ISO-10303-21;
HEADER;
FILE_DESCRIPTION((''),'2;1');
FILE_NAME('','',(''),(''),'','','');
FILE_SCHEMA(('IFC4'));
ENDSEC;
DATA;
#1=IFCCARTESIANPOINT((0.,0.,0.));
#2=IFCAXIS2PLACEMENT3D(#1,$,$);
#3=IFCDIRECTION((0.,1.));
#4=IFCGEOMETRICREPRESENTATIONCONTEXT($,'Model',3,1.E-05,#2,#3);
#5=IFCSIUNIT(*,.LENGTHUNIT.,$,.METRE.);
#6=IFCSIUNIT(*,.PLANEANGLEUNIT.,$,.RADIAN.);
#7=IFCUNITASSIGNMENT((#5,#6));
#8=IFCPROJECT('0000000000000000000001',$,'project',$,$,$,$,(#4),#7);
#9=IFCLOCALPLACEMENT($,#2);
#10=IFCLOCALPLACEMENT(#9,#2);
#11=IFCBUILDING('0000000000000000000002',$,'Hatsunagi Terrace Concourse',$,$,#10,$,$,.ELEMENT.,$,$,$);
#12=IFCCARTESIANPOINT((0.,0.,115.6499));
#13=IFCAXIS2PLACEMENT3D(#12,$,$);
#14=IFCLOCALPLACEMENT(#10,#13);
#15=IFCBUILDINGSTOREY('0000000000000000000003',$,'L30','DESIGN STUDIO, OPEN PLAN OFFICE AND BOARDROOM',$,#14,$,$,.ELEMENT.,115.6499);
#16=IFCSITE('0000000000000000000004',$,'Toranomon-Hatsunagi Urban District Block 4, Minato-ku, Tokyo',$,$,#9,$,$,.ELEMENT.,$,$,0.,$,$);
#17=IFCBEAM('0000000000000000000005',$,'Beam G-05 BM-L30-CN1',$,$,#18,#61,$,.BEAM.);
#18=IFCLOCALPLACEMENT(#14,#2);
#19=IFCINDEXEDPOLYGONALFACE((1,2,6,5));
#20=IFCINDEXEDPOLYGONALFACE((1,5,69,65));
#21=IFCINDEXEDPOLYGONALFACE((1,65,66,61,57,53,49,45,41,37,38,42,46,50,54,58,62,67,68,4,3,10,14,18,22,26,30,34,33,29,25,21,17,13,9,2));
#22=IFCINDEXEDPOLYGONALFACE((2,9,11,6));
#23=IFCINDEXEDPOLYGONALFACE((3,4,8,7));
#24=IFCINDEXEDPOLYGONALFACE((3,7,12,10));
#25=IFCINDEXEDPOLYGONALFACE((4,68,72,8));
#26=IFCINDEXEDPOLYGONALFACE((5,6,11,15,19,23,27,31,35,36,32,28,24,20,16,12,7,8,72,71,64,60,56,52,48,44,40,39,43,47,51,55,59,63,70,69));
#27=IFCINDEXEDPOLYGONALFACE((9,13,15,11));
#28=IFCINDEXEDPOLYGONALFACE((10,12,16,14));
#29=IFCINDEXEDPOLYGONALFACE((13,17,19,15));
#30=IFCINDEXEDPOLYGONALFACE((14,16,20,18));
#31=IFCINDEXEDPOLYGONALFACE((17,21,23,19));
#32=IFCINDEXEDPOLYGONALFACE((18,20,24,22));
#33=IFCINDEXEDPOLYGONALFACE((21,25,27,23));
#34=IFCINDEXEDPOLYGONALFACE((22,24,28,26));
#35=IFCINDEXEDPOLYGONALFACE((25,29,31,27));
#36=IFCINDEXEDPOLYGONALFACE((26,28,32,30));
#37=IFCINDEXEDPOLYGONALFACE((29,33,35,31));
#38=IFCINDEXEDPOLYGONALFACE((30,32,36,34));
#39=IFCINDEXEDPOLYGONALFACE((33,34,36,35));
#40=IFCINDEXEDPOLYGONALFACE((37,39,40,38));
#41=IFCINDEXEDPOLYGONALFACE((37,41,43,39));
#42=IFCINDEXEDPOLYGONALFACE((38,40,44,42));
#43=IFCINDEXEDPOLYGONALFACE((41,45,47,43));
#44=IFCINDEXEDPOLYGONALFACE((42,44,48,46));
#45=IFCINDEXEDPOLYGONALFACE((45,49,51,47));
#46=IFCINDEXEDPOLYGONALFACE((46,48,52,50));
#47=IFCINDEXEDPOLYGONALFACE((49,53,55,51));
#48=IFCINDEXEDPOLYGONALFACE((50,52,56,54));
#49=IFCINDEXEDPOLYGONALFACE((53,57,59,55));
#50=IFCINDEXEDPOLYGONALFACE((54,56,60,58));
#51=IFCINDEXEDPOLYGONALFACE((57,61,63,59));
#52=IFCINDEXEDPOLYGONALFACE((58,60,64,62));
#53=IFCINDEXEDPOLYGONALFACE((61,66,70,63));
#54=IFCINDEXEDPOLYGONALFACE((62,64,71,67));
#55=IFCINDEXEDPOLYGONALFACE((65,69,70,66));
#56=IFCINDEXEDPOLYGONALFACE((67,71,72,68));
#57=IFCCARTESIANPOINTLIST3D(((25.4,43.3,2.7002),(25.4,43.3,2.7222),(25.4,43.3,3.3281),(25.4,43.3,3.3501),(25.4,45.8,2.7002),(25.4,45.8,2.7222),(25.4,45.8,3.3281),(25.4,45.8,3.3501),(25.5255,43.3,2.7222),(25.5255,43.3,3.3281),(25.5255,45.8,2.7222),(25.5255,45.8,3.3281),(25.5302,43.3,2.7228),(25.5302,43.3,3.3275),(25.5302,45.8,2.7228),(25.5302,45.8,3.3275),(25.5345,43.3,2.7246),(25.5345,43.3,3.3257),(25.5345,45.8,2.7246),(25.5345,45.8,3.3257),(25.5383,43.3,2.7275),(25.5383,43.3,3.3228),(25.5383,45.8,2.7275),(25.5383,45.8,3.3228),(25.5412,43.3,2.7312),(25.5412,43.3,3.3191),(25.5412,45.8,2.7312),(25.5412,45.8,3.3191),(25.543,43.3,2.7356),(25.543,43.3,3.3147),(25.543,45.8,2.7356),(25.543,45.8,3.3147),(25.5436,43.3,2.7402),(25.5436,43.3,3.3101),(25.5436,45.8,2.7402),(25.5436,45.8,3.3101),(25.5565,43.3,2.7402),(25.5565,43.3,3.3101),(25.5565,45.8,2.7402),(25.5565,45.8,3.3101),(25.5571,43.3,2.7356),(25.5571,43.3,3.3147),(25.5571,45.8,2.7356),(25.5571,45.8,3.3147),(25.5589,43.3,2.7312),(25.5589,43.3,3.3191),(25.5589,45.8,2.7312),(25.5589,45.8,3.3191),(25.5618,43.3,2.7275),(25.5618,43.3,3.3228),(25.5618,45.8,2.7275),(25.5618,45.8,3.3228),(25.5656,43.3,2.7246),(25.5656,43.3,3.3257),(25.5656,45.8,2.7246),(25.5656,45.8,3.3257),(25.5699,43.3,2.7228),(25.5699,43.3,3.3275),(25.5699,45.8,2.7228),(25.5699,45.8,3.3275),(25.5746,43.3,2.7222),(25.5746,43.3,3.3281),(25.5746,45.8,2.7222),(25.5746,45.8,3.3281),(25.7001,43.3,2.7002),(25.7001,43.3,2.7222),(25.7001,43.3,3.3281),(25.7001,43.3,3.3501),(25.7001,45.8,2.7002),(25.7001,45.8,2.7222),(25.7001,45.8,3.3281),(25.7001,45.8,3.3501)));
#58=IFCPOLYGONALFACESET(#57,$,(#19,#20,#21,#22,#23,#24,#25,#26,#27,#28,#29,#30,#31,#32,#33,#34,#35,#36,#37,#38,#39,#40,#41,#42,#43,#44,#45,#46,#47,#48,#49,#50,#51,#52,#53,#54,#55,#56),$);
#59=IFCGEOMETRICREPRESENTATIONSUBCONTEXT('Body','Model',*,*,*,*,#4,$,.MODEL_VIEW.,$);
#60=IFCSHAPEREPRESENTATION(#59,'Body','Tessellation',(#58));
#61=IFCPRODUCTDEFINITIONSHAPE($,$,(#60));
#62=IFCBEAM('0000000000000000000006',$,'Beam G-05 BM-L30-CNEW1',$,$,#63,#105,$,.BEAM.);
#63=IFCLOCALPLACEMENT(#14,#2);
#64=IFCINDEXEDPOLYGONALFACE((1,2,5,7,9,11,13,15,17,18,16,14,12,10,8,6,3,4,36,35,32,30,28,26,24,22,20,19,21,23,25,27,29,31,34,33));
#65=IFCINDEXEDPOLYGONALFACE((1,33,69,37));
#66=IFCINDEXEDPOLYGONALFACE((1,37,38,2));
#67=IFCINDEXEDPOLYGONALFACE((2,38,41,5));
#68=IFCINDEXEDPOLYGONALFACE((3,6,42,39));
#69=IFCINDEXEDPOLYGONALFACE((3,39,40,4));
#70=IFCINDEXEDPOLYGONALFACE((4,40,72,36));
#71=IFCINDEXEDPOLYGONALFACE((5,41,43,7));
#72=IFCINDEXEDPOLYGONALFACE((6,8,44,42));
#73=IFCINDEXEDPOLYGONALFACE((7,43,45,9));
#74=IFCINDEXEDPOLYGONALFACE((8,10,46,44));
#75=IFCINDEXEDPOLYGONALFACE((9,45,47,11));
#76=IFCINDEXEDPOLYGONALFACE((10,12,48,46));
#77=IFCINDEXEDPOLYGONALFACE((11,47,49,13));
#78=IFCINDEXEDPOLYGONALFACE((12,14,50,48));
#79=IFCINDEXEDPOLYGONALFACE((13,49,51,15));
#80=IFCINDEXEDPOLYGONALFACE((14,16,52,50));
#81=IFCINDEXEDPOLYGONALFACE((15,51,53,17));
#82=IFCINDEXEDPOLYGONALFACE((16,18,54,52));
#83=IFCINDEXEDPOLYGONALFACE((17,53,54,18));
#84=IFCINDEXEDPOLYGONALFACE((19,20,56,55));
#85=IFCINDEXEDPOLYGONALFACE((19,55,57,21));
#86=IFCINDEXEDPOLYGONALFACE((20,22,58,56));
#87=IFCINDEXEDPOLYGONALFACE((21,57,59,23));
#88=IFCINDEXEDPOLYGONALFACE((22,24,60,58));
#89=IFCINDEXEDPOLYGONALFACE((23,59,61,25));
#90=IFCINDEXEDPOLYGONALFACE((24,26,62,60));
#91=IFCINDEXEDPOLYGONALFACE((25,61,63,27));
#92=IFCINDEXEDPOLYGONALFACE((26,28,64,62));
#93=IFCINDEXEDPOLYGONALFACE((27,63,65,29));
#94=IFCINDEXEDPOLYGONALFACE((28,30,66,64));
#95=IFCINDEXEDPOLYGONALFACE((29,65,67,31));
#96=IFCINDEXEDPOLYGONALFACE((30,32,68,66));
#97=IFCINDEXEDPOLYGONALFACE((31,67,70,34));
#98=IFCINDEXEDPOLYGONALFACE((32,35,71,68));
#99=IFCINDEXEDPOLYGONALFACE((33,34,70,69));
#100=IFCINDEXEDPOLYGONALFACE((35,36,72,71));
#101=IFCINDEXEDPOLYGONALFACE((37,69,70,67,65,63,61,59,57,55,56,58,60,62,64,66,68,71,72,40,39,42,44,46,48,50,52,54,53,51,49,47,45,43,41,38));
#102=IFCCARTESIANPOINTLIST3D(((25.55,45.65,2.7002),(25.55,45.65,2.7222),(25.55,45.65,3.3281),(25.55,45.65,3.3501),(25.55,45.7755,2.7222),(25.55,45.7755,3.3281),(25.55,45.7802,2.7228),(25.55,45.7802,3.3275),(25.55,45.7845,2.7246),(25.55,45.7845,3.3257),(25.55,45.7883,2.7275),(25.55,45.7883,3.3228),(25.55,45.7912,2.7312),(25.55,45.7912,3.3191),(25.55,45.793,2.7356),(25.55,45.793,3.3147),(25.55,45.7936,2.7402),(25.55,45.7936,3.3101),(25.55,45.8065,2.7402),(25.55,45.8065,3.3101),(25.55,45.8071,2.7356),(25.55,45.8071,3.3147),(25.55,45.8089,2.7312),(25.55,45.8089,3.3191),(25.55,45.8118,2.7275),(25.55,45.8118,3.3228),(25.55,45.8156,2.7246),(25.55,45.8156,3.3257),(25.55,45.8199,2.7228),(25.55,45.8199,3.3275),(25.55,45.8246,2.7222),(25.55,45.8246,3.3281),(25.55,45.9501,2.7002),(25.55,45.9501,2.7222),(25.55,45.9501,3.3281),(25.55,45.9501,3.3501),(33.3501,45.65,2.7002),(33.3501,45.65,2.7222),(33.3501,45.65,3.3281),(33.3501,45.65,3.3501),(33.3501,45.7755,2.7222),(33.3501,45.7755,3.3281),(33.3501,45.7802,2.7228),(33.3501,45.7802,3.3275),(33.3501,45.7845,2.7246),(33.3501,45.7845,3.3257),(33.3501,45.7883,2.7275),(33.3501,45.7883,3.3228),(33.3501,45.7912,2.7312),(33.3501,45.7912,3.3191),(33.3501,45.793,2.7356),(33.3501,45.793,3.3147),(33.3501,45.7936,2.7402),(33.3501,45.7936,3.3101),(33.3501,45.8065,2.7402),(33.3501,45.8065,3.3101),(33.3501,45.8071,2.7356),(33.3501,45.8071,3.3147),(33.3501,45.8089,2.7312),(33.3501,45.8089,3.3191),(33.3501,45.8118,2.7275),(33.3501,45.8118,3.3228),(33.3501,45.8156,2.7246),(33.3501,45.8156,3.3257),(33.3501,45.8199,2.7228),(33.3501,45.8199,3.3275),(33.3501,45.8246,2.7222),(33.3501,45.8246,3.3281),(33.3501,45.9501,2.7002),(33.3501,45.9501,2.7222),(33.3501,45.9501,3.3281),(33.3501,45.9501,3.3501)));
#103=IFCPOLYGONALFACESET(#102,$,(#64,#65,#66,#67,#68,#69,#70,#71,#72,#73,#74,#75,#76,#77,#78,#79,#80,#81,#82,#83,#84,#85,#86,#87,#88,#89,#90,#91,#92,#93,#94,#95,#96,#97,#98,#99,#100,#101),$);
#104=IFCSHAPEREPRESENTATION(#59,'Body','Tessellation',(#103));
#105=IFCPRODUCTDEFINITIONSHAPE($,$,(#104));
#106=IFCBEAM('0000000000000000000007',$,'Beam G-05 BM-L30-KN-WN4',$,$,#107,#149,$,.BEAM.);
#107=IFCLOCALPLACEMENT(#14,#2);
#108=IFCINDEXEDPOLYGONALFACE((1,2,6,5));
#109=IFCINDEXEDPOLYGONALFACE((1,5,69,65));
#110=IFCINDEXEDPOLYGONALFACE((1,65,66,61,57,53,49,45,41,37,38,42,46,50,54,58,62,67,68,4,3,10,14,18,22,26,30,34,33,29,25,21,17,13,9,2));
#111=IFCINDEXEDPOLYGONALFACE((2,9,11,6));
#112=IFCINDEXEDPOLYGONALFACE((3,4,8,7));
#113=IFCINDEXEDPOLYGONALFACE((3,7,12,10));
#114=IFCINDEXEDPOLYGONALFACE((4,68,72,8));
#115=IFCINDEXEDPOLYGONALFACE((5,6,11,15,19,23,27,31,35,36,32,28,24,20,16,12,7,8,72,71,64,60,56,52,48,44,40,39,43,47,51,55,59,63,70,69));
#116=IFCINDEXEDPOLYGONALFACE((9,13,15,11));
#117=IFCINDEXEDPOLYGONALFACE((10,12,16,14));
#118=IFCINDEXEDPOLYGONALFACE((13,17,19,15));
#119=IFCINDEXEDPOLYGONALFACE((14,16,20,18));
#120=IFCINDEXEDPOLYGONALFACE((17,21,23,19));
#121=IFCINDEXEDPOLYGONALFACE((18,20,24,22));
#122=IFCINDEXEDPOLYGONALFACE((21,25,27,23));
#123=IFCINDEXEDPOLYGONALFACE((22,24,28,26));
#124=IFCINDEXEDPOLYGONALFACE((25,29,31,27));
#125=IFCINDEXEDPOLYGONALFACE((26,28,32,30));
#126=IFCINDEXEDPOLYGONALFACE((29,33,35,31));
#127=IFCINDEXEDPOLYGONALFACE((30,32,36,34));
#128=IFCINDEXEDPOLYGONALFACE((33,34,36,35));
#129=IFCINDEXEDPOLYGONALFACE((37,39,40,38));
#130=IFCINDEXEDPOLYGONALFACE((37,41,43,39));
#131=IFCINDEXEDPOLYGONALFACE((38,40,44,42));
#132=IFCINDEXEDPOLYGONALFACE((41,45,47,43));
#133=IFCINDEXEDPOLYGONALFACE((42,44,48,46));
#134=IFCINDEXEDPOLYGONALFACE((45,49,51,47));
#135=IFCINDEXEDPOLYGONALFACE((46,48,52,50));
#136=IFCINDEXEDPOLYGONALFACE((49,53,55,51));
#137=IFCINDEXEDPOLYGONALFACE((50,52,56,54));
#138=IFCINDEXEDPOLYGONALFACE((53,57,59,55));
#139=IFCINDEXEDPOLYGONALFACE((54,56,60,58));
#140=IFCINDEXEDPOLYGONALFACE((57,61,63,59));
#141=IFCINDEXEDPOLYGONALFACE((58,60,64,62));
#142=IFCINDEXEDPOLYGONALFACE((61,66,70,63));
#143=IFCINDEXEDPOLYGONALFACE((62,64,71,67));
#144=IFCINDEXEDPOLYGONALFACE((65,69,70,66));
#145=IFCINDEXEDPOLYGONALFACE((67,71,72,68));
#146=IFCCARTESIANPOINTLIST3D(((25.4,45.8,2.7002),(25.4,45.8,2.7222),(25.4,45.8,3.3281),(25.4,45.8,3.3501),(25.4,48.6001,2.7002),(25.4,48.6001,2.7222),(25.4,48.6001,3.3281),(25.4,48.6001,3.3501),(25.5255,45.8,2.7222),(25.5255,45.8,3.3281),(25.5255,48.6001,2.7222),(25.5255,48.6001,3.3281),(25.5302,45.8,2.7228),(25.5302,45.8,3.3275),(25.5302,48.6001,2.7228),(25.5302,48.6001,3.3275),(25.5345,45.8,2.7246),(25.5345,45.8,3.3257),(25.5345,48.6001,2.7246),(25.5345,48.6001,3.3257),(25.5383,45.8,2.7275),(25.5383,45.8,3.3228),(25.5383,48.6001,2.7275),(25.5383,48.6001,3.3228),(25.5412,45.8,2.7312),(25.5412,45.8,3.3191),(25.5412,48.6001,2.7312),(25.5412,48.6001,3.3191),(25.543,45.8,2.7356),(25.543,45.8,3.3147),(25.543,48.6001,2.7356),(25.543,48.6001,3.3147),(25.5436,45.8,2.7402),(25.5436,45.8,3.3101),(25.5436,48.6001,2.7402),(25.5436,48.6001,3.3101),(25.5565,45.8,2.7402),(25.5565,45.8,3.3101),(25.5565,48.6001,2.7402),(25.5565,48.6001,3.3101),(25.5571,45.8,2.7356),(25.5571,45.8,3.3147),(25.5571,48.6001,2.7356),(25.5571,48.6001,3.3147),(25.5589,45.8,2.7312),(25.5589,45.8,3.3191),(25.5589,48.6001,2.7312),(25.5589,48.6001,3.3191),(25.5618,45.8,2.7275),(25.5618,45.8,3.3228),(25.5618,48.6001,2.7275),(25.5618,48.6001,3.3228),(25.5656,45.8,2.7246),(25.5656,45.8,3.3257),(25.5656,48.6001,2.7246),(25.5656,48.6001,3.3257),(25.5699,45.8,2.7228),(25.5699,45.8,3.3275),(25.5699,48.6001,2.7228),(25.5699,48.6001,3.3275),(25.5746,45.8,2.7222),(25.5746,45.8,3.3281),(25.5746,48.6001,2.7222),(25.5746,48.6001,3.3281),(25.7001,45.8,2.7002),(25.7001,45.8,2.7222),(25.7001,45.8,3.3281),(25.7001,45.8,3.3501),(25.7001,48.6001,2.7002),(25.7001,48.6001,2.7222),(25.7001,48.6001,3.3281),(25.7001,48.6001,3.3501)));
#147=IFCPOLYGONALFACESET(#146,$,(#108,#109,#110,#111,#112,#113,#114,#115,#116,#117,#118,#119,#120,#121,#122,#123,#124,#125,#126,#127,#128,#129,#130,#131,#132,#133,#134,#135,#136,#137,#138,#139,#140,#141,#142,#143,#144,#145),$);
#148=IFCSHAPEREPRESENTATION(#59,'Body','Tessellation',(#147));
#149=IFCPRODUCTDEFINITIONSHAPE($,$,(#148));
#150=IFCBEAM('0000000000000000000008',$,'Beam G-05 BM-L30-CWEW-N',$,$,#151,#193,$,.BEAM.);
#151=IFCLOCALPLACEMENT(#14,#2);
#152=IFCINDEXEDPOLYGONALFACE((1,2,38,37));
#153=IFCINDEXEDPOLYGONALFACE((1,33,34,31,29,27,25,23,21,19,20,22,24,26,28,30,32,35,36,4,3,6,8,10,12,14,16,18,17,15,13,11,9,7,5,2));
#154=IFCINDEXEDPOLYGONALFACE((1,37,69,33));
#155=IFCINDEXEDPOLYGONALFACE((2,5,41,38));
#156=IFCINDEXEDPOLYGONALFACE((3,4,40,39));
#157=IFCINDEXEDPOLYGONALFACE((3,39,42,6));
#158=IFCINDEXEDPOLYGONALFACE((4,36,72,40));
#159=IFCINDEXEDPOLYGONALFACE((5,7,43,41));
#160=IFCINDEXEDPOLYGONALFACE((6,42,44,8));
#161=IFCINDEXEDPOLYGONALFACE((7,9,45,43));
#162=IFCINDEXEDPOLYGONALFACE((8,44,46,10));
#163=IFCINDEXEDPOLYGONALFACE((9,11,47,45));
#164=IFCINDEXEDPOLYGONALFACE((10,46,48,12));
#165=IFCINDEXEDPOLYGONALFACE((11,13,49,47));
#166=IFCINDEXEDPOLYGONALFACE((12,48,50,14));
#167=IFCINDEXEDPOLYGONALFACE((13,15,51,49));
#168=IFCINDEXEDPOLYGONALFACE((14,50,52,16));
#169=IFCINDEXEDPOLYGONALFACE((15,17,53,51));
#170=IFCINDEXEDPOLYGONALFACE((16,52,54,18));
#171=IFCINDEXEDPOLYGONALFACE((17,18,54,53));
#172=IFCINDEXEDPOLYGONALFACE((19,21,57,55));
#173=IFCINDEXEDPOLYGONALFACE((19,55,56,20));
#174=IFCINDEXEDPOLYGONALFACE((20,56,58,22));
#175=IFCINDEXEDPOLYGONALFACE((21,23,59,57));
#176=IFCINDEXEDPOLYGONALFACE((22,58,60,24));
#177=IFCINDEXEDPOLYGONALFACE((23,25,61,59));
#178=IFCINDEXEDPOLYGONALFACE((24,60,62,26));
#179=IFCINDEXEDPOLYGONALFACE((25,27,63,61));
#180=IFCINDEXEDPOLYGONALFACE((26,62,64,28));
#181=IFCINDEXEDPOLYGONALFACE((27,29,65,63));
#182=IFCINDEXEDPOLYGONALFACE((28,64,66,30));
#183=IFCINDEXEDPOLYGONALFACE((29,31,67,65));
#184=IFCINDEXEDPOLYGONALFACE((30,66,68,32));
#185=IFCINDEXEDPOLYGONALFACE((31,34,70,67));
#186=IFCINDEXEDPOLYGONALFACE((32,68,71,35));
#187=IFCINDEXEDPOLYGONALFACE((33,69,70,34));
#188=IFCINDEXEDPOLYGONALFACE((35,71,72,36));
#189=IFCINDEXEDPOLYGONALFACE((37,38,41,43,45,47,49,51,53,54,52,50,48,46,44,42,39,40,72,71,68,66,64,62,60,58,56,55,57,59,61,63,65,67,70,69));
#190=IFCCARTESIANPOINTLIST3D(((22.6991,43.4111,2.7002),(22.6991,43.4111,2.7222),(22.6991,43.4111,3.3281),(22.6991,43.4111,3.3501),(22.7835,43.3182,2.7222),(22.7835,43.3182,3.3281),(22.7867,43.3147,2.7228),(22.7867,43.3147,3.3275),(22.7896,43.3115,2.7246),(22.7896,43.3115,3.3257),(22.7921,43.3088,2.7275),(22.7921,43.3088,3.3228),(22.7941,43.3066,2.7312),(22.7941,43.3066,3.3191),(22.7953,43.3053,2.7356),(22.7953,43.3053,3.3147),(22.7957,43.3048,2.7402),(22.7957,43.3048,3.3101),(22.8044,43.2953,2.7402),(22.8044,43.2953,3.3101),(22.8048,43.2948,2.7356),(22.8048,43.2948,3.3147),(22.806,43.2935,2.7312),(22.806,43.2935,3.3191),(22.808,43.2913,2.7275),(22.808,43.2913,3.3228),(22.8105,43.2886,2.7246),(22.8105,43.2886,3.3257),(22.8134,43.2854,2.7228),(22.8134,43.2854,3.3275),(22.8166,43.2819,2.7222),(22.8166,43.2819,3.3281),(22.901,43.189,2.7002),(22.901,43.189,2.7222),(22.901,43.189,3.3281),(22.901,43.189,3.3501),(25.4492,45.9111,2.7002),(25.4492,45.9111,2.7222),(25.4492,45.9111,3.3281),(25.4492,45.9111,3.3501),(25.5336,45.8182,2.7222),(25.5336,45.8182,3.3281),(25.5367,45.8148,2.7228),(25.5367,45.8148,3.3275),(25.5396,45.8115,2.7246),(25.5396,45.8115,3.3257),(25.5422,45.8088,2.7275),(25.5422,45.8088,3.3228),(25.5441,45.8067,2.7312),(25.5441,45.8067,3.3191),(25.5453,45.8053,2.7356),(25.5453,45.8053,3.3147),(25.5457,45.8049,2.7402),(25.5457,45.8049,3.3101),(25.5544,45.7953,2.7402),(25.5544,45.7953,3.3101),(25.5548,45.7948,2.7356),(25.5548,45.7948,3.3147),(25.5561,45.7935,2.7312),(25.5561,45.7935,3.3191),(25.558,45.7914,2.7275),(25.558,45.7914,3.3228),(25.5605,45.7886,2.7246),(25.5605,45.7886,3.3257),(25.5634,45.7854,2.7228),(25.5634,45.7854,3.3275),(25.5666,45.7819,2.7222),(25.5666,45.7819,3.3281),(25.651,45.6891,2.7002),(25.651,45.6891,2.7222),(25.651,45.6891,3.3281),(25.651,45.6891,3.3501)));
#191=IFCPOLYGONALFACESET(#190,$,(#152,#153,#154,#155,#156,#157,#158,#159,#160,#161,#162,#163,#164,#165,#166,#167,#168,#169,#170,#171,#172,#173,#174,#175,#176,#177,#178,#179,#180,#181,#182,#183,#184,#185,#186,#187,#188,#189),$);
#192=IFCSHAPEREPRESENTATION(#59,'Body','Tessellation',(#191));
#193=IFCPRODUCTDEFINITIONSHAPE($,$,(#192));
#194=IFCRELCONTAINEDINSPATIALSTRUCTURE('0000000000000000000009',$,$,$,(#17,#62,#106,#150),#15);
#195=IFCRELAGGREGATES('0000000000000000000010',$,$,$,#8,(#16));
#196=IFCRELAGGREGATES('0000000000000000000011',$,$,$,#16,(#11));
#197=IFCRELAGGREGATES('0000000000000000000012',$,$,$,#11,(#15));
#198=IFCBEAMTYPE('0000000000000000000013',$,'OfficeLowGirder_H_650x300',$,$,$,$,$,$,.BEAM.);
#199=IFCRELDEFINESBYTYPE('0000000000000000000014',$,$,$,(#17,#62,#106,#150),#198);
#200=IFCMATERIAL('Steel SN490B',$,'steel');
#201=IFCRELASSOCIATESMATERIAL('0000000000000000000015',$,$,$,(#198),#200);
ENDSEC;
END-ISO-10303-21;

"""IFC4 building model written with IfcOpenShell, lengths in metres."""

from ifc_helpers import new_model, si_unit, direction, frame, origin, origin_2d, place, context, subcontext, project, spatial, i_section, extrude, material, material_profile, profile_set, type_object, element, save


model = new_model("IFC4")

# Units and contexts
model_context = context("Model", 3, precision=1e-05, world=origin(), true_north=direction((0.0, 1.0)))
body_context = subcontext(model_context, "Body", "Model", "MODEL_VIEW")
ifc_project = project(units=[si_unit("LENGTHUNIT", "METRE"), si_unit("PLANEANGLEUNIT", "RADIAN")], contexts=[model_context])

# Site, building, storey
site_placement = place(None, origin())
site = spatial("IfcSite", under=ifc_project, at=site_placement, Name="Toranomon-Hatsunagi Urban District Block 4, Minato-ku, Tokyo", CompositionType="ELEMENT", RefElevation=0.0)
building_placement = place(site_placement, origin())
building = spatial("IfcBuilding", under=site, at=building_placement, Name="Hatsunagi Terrace Concourse", CompositionType="ELEMENT")
storey_placement = place(building_placement, frame((0.0, 0.0, 115.6499)))
storey = spatial("IfcBuildingStorey", under=building, at=storey_placement, Name="L30", Description="DESIGN STUDIO, OPEN PLAN OFFICE AND BOARDROOM", CompositionType="ELEMENT", Elevation=115.6499)

# Beams
ifc_material_1 = material(Name="Steel SN490B", Category="steel")
ifc_material_profile_1 = material_profile(ifc_material_1, i_section(OverallWidth=0.3, OverallDepth=0.6499, WebThickness=0.0129, FlangeThickness=0.022, FilletRadius=0.0181, at=origin_2d()), Name="H-650x300x13x22")
ifc_profile_set_1 = profile_set([ifc_material_profile_1], Name="Steel SN490B")
beam_type_1 = type_object("IfcBeamType", Name="OfficeLowGirder_H_650x300", PredefinedType="BEAM", material=ifc_profile_set_1)
beam_1_placement = place(storey_placement, frame((25.55, 43.3, 3.0251), z_axis=(0.0, 1.0, 0.0), x_axis=(-1.0, 0.0, 0.0)))
element("IfcBeam", 1, at=beam_1_placement, inside=storey, type_object=beam_type_1, Name="Beam G-05 BM-L30-CN1", PredefinedType="BEAM", context=body_context, shape_type="SweptSolid", body=[
    extrude(i_section(OverallWidth=0.3, OverallDepth=0.6499, WebThickness=0.0129, FlangeThickness=0.022, FilletRadius=0.0181, at=origin_2d()), origin(), (0.0, 0.0, 1.0), 2.5),
])
beam_2_placement = place(storey_placement, frame((25.55, 45.8, 3.0251), z_axis=(1.0, 0.0, 0.0), x_axis=(0.0, 1.0, 0.0)))
element("IfcBeam", 2, at=beam_2_placement, inside=storey, type_object=beam_type_1, Name="Beam G-05 BM-L30-CNEW1", PredefinedType="BEAM", context=body_context, shape_type="SweptSolid", body=[
    extrude(i_section(OverallWidth=0.3, OverallDepth=0.6499, WebThickness=0.0129, FlangeThickness=0.022, FilletRadius=0.0181, at=origin_2d()), origin(), (0.0, 0.0, 1.0), 7.8),
])
beam_3_placement = place(storey_placement, frame((25.55, 45.8, 3.0251), z_axis=(0.0, 1.0, 0.0), x_axis=(-1.0, 0.0, 0.0)))
element("IfcBeam", 3, at=beam_3_placement, inside=storey, type_object=beam_type_1, Name="Beam G-05 BM-L30-KN-WN4", PredefinedType="BEAM", context=body_context, shape_type="SweptSolid", body=[
    extrude(i_section(OverallWidth=0.3, OverallDepth=0.6499, WebThickness=0.0129, FlangeThickness=0.022, FilletRadius=0.0181, at=origin_2d()), origin(), (0.0, 0.0, 1.0), 2.8),
])
beam_4_placement = place(storey_placement, frame((22.8, 43.3, 3.0251), z_axis=(0.73994, 0.672673, 0.0), x_axis=(-0.672673, 0.73994, 0.0)))
element("IfcBeam", 4, at=beam_4_placement, inside=storey, type_object=beam_type_1, Name="Beam G-05 BM-L30-CWEW-N", PredefinedType="BEAM", context=body_context, shape_type="SweptSolid", body=[
    extrude(i_section(OverallWidth=0.3, OverallDepth=0.6499, WebThickness=0.0129, FlangeThickness=0.022, FilletRadius=0.0181, at=origin_2d()), origin(), (0.0, 0.0, 1.0), 3.7166),
])

save(model, "model.ifc")
